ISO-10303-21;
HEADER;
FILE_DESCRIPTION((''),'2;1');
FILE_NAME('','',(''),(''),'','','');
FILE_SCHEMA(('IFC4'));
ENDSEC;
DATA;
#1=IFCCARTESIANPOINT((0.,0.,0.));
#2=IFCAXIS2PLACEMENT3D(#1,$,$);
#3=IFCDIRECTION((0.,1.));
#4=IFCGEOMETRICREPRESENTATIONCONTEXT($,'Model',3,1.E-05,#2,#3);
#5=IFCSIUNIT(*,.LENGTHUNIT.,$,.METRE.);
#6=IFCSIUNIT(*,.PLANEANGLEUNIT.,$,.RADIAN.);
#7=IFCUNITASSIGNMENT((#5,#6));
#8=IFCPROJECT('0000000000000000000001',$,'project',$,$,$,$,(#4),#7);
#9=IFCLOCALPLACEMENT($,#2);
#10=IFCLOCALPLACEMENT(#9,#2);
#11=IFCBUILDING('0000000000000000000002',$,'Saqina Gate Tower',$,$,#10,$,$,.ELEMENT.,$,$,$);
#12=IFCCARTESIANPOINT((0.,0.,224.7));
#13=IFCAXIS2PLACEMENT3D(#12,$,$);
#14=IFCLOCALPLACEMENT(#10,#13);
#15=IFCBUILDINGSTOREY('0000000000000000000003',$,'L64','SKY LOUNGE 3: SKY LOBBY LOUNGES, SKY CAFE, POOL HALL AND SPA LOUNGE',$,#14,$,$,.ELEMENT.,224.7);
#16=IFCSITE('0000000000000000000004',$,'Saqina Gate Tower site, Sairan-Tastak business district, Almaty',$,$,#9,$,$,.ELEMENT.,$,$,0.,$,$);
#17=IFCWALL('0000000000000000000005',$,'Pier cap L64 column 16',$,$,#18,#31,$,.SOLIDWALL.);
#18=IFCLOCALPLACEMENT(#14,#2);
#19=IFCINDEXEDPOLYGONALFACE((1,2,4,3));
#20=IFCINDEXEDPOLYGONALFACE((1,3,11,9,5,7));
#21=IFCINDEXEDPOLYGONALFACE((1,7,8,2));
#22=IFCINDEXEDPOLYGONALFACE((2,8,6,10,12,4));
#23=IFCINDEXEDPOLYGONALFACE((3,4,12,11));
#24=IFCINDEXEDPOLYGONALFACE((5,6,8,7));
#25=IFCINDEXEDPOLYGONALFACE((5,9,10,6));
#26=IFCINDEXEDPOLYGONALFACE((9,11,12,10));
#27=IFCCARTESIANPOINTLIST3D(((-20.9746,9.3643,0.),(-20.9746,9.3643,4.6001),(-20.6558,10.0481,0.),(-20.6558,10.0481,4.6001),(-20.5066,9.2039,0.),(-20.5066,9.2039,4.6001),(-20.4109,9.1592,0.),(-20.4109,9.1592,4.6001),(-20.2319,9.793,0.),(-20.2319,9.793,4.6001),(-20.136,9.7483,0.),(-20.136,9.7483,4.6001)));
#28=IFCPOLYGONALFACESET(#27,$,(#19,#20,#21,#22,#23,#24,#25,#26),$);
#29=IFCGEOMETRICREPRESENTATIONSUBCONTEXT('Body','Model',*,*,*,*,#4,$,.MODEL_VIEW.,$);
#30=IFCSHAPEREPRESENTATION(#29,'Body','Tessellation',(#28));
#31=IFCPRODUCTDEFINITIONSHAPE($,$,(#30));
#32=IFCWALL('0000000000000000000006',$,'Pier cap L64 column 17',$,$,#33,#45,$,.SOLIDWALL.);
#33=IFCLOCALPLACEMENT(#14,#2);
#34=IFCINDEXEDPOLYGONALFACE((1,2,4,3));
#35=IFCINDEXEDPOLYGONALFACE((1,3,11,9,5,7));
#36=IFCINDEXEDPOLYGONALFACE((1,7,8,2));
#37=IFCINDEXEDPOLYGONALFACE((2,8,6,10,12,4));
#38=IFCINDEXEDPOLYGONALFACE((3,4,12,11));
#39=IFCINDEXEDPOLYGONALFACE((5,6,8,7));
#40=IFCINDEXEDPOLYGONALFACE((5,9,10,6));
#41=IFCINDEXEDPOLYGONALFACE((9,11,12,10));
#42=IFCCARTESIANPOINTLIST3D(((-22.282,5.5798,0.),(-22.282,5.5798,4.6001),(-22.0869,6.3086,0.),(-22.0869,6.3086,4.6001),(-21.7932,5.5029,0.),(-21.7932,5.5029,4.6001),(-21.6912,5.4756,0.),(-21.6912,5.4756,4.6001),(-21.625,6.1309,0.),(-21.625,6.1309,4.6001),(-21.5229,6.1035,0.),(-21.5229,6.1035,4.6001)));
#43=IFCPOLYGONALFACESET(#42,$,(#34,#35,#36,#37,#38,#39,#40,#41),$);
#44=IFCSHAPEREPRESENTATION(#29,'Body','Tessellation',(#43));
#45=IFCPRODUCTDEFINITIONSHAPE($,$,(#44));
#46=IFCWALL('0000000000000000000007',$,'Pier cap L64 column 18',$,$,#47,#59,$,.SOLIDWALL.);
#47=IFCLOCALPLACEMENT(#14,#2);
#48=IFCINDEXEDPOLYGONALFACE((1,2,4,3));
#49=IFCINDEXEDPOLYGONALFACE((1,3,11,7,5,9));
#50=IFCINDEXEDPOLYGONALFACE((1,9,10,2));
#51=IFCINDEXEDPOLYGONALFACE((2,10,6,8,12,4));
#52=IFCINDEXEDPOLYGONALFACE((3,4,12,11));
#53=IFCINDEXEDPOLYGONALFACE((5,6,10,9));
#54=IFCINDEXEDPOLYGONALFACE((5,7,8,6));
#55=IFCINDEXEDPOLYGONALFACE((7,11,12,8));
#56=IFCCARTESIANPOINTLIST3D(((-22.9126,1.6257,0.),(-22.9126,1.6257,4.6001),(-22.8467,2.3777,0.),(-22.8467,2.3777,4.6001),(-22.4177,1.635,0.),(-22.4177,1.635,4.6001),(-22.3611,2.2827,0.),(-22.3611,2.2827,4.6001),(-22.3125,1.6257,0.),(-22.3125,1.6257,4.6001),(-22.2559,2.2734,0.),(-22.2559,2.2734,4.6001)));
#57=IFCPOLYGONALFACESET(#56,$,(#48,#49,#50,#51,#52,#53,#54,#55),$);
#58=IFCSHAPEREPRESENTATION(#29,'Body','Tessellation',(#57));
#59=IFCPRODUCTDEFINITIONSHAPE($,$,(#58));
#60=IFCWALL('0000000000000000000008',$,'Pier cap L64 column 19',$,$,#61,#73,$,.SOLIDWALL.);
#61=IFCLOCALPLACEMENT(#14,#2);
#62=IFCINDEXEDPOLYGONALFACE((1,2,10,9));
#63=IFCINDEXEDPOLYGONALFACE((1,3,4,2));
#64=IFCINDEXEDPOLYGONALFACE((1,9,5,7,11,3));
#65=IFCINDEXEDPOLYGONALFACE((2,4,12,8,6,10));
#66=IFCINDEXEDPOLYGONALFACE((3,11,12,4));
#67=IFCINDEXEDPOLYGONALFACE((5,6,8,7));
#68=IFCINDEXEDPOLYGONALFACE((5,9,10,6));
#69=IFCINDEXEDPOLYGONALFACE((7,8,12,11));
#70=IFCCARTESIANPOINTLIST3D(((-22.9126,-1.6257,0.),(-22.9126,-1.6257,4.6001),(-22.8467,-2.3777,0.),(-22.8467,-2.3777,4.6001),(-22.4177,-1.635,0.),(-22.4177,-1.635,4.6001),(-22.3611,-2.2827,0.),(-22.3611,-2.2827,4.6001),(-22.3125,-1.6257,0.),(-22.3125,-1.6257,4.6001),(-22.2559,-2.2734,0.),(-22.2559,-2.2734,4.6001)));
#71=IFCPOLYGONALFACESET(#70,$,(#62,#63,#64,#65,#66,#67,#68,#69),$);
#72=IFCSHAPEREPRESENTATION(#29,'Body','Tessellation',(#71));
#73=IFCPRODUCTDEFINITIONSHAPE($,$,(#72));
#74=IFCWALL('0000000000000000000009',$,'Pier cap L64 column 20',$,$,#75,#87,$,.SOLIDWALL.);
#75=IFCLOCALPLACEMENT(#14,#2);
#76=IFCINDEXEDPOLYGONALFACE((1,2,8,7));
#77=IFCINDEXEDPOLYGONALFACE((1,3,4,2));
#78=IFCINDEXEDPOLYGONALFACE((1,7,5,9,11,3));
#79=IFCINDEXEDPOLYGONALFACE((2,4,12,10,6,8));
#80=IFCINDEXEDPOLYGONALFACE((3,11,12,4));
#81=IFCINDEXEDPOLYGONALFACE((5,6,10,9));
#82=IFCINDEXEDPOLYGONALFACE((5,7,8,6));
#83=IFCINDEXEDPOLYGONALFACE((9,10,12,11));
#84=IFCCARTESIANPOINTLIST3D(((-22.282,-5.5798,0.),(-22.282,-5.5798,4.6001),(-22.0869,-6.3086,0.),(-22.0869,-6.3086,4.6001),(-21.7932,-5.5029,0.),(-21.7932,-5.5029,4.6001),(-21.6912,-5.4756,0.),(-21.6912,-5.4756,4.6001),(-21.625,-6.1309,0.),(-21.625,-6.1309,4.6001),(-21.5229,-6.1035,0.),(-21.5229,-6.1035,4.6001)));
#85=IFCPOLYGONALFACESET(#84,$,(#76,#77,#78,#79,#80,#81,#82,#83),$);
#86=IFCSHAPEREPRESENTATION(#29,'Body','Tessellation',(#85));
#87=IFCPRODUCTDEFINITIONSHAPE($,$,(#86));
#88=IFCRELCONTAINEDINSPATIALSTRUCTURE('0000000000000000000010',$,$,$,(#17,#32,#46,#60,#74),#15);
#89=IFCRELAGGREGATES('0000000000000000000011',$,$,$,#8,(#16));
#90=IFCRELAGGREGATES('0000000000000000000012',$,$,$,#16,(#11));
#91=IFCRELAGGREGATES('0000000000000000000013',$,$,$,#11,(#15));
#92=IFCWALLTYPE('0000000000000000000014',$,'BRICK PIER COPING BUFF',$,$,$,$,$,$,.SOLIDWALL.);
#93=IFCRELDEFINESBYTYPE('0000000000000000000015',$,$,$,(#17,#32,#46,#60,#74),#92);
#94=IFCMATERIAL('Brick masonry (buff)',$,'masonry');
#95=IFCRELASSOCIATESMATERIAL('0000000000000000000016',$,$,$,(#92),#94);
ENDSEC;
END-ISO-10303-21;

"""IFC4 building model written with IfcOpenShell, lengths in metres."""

from ifc_helpers import new_model, si_unit, direction, frame, origin, place, context, subcontext, project, spatial, polyline, outline, extrude, material, type_object, element, save


model = new_model("IFC4")

# Units and contexts
model_context = context("Model", 3, precision=1e-05, world=origin(), true_north=direction((0.0, 1.0)))
body_context = subcontext(model_context, "Body", "Model", "MODEL_VIEW")
ifc_project = project(units=[si_unit("LENGTHUNIT", "METRE"), si_unit("PLANEANGLEUNIT", "RADIAN")], contexts=[model_context])

# Site, building, storey
site_placement = place(None, origin())
site = spatial("IfcSite", under=ifc_project, at=site_placement, Name="Saqina Gate Tower site, Sairan-Tastak business district, Almaty", CompositionType="ELEMENT", RefElevation=0.0)
building_placement = place(site_placement, origin())
building = spatial("IfcBuilding", under=site, at=building_placement, Name="Saqina Gate Tower", CompositionType="ELEMENT")
storey_placement = place(building_placement, frame((0.0, 0.0, 224.7)))
storey = spatial("IfcBuildingStorey", under=building, at=storey_placement, Name="L64", Description="SKY LOUNGE 3: SKY LOBBY LOUNGES, SKY CAFE, POOL HALL AND SPA LOUNGE", CompositionType="ELEMENT", Elevation=224.7)

# Walls
ifc_material_1 = material(Name="Brick masonry (buff)", Category="masonry")
wall_type = type_object("IfcWallType", Name="BRICK PIER COPING BUFF", PredefinedType="SOLIDWALL", material=ifc_material_1)
wall_1_placement = place(storey_placement, origin())
element("IfcWall", 1, at=wall_1_placement, inside=storey, type_object=wall_type, Name="Pier cap L64 column 16", PredefinedType="SOLIDWALL", context=body_context, shape_type="SweptSolid", body=[
    extrude(outline(polyline([(-20.6558, 10.0481), (-20.9746, 9.3643), (-20.4109, 9.1592), (-20.5066, 9.2039), (-20.2319, 9.793), (-20.136, 9.7483), (-20.6558, 10.0481)])), origin(), (0.0, 0.0, 1.0), 4.6001),
])
wall_2_placement = place(storey_placement, origin())
element("IfcWall", 2, at=wall_2_placement, inside=storey, type_object=wall_type, Name="Pier cap L64 column 17", PredefinedType="SOLIDWALL", context=body_context, shape_type="SweptSolid", body=[
    extrude(outline(polyline([(-22.282, 5.5798), (-21.6912, 5.4756), (-21.7932, 5.5029), (-21.625, 6.1309), (-21.5229, 6.1035), (-22.0869, 6.3086), (-22.282, 5.5798)])), origin(), (0.0, 0.0, 1.0), 4.6001),
])
wall_3_placement = place(storey_placement, origin())
element("IfcWall", 3, at=wall_3_placement, inside=storey, type_object=wall_type, Name="Pier cap L64 column 18", PredefinedType="SOLIDWALL", context=body_context, shape_type="SweptSolid", body=[
    extrude(outline(polyline([(-22.8467, 2.3777), (-22.9126, 1.6257), (-22.3125, 1.6257), (-22.4177, 1.635), (-22.3611, 2.2827), (-22.2559, 2.2734), (-22.8467, 2.3777)])), origin(), (0.0, 0.0, 1.0), 4.6001),
])
wall_4_placement = place(storey_placement, origin())
element("IfcWall", 4, at=wall_4_placement, inside=storey, type_object=wall_type, Name="Pier cap L64 column 19", PredefinedType="SOLIDWALL", context=body_context, shape_type="SweptSolid", body=[
    extrude(outline(polyline([(-22.9126, -1.6257), (-22.8467, -2.3777), (-22.2559, -2.2734), (-22.3611, -2.2827), (-22.4177, -1.635), (-22.3125, -1.6257), (-22.9126, -1.6257)])), origin(), (0.0, 0.0, 1.0), 4.6001),
])
wall_5_placement = place(storey_placement, origin())
element("IfcWall", 5, at=wall_5_placement, inside=storey, type_object=wall_type, Name="Pier cap L64 column 20", PredefinedType="SOLIDWALL", context=body_context, shape_type="SweptSolid", body=[
    extrude(outline(polyline([(-22.0869, -6.3086), (-21.5229, -6.1035), (-21.625, -6.1309), (-21.7932, -5.5029), (-21.6912, -5.4756), (-22.282, -5.5798), (-22.0869, -6.3086)])), origin(), (0.0, 0.0, 1.0), 4.6001),
])

save(model, "model.ifc")
